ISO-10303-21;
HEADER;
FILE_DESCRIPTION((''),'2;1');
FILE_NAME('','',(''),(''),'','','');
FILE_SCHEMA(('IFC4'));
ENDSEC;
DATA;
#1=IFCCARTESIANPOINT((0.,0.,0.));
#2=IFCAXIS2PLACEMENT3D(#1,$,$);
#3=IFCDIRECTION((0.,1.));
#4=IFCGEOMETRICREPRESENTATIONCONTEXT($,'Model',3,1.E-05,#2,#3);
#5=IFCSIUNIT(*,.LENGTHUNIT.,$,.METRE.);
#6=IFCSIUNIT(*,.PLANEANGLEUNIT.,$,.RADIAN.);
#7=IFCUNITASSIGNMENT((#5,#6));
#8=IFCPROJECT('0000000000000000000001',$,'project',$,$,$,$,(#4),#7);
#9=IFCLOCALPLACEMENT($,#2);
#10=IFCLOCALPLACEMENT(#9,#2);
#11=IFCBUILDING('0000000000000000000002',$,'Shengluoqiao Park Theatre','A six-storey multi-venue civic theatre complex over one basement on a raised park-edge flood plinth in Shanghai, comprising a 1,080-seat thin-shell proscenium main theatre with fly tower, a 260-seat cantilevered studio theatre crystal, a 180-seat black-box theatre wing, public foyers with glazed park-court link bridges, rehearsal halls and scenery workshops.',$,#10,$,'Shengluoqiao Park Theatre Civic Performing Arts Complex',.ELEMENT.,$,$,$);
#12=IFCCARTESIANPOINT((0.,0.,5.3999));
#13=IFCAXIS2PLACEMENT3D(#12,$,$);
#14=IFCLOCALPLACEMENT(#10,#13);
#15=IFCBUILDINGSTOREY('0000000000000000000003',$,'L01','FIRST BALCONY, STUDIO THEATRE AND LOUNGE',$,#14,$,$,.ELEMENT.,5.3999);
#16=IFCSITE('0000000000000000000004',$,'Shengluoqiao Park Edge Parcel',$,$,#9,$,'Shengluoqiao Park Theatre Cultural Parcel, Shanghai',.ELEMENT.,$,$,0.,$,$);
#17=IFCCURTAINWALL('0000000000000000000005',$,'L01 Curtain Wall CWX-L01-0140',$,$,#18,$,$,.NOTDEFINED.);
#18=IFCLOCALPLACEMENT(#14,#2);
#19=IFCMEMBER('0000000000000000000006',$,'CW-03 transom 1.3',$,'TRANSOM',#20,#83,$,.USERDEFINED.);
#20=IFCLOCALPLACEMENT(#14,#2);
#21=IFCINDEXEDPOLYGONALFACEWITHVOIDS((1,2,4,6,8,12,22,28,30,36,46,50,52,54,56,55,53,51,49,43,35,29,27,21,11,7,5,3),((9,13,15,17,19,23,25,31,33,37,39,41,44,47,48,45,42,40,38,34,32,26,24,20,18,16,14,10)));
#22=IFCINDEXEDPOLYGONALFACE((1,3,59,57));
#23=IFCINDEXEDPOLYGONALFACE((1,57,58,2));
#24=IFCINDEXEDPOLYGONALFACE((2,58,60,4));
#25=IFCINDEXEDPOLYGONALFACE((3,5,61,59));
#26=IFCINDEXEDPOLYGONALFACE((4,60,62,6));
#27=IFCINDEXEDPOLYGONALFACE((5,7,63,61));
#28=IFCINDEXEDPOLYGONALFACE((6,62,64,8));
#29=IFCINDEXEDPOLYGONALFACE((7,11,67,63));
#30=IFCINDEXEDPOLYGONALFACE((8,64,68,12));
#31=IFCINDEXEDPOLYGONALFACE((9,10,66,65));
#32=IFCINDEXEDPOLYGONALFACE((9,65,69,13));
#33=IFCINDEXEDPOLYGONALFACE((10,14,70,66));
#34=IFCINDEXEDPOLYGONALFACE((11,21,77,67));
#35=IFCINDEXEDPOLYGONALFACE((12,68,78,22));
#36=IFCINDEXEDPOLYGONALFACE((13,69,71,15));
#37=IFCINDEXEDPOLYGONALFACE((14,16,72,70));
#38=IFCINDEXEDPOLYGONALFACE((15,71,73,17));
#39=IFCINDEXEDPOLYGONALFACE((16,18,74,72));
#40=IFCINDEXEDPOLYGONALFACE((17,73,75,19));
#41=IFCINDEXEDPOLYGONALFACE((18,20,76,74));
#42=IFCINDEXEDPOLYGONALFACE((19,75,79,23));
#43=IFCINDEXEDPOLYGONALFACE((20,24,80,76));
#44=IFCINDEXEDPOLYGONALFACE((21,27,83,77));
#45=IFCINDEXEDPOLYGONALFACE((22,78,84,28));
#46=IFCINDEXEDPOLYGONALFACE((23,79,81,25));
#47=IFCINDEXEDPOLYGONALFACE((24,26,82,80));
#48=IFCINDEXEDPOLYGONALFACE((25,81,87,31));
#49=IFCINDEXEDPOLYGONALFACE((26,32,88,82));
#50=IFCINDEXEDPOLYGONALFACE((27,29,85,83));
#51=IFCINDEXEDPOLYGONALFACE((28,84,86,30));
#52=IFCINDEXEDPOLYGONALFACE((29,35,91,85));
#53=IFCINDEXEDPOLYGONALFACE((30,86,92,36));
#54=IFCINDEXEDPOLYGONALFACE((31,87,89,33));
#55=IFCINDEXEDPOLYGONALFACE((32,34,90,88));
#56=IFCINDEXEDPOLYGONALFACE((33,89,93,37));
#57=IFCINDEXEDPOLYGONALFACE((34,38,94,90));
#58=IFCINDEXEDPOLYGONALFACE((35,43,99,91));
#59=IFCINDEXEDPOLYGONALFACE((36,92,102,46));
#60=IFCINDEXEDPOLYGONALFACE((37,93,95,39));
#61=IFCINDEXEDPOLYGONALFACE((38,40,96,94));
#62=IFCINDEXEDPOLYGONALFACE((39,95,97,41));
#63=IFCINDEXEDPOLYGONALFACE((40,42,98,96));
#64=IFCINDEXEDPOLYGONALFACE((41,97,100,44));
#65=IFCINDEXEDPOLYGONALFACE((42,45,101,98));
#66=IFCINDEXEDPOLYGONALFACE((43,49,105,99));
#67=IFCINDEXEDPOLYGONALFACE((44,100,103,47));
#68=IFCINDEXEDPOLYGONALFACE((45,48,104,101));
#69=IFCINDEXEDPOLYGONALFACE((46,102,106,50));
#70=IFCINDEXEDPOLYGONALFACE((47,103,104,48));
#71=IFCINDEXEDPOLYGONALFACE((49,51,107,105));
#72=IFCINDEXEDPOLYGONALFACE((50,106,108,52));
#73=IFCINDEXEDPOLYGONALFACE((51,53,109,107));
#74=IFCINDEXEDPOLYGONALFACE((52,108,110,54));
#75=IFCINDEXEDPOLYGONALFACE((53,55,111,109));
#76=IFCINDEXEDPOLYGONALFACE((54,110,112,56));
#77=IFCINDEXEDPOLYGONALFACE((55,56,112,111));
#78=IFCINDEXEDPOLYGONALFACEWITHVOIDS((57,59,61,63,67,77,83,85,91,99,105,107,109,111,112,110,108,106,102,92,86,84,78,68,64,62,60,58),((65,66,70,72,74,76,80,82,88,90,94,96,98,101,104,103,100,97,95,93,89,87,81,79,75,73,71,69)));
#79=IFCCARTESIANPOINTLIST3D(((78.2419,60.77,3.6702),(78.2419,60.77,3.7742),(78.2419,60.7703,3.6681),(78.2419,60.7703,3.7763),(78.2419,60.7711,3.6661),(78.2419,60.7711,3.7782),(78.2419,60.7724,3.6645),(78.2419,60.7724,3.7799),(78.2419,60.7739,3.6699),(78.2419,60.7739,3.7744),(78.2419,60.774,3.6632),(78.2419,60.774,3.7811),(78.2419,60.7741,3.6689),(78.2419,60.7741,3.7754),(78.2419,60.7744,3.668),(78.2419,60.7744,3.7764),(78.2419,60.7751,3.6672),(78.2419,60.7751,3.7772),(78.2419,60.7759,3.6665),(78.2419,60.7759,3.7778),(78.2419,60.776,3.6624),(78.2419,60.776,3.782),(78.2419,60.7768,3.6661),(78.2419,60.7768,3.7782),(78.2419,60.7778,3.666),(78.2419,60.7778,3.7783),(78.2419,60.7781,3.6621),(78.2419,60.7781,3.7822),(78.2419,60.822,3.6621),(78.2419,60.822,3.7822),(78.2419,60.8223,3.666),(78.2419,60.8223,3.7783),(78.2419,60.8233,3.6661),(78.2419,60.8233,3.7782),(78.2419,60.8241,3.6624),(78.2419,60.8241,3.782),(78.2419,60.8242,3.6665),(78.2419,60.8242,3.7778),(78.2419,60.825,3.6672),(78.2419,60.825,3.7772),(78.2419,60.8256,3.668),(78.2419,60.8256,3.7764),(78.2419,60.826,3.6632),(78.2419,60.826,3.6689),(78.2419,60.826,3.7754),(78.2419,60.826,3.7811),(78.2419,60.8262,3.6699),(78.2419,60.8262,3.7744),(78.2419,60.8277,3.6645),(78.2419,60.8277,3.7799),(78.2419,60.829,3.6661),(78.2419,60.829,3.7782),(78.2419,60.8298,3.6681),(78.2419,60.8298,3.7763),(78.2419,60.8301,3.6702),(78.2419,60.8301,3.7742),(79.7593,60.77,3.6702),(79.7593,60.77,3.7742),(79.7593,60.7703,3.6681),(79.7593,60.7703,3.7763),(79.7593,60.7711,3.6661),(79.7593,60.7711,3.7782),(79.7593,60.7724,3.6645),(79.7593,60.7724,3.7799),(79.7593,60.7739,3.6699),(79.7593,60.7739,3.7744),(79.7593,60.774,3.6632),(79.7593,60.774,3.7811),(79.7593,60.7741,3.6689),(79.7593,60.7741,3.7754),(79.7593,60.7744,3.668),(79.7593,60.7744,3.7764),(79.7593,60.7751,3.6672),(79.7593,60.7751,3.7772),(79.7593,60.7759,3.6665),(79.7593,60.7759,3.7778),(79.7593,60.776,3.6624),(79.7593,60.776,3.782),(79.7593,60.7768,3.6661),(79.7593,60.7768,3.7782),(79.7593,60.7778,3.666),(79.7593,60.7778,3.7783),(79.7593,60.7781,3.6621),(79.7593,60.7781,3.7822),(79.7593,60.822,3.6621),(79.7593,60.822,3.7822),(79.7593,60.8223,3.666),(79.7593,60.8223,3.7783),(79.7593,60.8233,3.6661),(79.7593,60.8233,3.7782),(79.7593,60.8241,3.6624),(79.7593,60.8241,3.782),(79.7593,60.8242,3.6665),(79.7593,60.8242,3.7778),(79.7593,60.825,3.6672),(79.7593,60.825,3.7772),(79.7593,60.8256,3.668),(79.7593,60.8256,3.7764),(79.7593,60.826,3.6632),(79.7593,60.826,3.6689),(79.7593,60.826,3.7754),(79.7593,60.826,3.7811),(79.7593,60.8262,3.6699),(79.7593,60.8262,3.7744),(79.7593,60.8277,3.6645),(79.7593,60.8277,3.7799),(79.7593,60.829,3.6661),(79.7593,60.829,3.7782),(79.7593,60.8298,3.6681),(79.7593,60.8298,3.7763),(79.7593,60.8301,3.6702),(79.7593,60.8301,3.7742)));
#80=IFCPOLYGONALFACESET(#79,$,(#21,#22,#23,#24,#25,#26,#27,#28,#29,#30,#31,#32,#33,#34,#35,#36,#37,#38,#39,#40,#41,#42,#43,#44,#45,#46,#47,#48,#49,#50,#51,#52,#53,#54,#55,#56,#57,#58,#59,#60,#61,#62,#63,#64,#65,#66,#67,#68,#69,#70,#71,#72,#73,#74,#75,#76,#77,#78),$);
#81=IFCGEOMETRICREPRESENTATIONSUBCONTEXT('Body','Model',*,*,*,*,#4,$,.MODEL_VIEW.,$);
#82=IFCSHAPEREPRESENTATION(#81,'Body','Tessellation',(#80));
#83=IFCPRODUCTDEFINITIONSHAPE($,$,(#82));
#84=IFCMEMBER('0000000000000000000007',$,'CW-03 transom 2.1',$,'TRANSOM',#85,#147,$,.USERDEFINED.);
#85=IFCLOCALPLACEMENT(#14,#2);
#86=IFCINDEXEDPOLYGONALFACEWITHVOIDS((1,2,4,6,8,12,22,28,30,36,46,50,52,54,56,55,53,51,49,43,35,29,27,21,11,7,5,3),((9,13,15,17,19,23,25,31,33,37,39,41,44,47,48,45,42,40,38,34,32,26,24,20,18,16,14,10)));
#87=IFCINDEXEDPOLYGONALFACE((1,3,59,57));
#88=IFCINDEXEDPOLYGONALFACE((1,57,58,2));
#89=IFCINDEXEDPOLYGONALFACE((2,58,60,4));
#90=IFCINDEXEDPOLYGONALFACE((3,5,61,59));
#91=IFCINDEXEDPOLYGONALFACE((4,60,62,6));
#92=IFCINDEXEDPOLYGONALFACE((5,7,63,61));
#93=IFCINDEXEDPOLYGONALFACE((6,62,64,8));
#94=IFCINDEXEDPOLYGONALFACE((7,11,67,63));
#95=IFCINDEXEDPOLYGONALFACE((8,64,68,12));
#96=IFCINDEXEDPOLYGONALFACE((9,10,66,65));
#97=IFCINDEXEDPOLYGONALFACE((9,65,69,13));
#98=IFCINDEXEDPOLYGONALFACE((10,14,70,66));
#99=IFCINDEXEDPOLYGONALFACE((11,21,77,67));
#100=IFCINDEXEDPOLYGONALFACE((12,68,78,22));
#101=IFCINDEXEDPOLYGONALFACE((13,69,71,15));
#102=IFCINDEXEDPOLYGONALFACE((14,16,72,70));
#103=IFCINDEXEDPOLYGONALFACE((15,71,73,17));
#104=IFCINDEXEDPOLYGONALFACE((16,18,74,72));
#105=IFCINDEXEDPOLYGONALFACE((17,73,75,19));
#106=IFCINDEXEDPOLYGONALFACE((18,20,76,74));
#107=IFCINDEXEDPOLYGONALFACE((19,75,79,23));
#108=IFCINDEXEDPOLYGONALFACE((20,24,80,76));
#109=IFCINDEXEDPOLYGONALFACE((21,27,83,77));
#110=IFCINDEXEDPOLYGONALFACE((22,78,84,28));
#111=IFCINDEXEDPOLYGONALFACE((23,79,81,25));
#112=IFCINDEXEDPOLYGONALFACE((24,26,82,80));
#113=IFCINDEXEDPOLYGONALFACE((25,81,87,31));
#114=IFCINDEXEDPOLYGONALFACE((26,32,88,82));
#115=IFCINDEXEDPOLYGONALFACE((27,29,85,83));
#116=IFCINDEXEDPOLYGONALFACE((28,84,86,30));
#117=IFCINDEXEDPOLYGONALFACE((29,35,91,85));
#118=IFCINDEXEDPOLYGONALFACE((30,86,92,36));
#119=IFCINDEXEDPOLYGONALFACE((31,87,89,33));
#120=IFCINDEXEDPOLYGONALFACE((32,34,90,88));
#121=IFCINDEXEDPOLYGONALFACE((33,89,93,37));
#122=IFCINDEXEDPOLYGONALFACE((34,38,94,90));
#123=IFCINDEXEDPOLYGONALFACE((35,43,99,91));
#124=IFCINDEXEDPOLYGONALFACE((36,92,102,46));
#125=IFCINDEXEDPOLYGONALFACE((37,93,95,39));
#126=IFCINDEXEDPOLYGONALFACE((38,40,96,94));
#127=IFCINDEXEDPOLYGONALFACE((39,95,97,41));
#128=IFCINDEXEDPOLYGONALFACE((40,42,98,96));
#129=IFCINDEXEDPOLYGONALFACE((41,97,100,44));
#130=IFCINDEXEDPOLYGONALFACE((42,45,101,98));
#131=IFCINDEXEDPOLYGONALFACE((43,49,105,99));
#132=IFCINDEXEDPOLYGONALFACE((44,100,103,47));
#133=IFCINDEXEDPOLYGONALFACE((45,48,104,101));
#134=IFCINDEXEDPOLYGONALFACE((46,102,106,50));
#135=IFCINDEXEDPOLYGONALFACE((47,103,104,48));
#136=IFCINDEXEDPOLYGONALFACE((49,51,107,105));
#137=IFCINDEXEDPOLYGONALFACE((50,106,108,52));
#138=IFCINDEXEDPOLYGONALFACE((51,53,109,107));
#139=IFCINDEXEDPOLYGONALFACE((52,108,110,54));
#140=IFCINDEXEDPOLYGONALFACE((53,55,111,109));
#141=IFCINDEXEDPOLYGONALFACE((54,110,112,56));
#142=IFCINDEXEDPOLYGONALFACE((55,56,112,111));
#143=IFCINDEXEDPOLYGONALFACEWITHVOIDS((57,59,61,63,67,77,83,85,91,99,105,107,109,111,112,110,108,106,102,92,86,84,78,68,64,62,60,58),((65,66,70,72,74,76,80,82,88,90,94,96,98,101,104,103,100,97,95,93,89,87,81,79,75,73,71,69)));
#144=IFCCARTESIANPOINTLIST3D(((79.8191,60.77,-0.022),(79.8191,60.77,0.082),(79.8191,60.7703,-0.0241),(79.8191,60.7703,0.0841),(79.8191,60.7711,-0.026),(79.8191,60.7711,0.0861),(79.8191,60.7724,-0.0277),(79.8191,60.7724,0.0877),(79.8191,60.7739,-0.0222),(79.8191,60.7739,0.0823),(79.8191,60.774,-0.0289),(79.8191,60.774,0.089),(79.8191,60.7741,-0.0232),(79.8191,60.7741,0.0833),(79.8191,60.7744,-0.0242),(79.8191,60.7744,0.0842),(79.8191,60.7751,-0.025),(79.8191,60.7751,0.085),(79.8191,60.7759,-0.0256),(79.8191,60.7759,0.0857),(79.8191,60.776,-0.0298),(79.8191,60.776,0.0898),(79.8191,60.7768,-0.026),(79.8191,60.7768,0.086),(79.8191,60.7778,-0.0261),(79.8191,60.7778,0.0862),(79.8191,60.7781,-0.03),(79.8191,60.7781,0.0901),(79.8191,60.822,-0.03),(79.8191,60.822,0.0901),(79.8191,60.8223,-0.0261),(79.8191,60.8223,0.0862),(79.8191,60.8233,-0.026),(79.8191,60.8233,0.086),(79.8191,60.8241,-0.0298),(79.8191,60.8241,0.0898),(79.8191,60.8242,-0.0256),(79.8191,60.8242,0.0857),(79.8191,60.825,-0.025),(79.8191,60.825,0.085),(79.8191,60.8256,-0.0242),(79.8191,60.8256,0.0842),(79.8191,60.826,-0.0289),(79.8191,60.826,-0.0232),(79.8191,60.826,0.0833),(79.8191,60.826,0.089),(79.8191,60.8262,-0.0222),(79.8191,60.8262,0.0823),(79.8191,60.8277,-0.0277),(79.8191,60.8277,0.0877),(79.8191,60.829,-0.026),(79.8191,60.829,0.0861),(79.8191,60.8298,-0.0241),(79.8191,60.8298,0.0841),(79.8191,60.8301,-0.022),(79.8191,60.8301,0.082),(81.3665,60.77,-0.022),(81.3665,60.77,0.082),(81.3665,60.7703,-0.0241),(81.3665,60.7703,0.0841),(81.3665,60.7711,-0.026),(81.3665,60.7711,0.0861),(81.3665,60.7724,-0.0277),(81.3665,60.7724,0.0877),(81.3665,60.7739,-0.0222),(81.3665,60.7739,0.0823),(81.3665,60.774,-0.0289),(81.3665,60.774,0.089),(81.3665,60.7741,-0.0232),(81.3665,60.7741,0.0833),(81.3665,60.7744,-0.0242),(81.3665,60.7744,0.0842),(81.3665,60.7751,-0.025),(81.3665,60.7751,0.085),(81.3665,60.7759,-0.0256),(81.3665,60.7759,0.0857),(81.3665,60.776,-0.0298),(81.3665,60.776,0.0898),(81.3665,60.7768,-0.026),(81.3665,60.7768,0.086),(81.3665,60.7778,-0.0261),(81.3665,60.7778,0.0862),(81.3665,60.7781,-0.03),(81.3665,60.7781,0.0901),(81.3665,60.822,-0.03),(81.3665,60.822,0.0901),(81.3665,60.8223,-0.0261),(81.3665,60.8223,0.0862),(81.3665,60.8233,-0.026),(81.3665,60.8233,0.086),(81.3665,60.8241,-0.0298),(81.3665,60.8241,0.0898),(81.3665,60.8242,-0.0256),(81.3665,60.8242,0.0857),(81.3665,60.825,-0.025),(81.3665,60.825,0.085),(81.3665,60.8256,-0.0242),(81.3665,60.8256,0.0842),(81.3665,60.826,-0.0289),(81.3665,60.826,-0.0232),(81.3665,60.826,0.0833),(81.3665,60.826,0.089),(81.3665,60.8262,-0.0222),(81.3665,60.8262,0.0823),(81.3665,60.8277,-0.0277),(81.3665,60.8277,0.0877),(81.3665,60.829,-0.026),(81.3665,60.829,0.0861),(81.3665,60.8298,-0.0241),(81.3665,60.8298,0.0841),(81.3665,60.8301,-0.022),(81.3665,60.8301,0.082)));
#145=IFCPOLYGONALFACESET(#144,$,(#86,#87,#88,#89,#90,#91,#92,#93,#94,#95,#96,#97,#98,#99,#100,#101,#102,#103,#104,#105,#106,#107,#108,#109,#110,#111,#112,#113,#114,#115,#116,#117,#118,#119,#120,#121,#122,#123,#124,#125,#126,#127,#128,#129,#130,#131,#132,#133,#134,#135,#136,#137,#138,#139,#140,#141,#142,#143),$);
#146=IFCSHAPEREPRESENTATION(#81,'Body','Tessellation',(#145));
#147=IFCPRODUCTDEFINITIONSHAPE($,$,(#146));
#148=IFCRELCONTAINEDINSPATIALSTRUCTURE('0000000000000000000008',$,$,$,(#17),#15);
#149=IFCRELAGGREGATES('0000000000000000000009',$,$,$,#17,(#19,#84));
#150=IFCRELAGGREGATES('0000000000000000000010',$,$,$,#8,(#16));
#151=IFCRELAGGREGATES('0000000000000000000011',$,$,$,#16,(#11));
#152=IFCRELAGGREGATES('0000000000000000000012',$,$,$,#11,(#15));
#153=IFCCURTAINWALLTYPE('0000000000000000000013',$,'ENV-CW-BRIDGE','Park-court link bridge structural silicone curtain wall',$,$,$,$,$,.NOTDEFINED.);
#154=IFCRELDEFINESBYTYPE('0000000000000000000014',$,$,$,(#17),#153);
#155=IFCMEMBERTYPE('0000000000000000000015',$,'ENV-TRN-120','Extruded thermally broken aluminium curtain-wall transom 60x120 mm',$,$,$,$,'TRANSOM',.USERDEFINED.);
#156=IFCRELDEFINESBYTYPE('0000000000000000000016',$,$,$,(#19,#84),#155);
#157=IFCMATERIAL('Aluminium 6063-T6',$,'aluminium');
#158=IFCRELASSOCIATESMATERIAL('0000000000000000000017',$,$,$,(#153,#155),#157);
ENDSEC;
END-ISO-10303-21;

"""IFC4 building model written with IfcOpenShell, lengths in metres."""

from ifc_helpers import new_model, si_unit, direction, frame, origin, origin_2d, place, context, subcontext, project, spatial, hollow_rectangle, extrude, material, material_profile, profile_set, type_object, element, aggregate, save


model = new_model("IFC4")

# Units and contexts
model_context = context("Model", 3, precision=1e-05, world=origin(), true_north=direction((0.0, 1.0)))
body_context = subcontext(model_context, "Body", "Model", "MODEL_VIEW")
ifc_project = project(units=[si_unit("LENGTHUNIT", "METRE"), si_unit("PLANEANGLEUNIT", "RADIAN")], contexts=[model_context])

# Site, building, storey
site_placement = place(None, origin())
site = spatial("IfcSite", under=ifc_project, at=site_placement, Name="Shengluoqiao Park Edge Parcel", LongName="Shengluoqiao Park Theatre Cultural Parcel, Shanghai", CompositionType="ELEMENT", RefElevation=0.0)
building_placement = place(site_placement, origin())
building = spatial("IfcBuilding", under=site, at=building_placement, Name="Shengluoqiao Park Theatre", Description="A six-storey multi-venue civic theatre complex over one basement on a raised park-edge flood plinth in Shanghai, comprising a 1,080-seat thin-shell proscenium main theatre with fly tower, a 260-seat cantilevered studio theatre crystal, a 180-seat black-box theatre wing, public foyers with glazed park-court link bridges, rehearsal halls and scenery workshops.", LongName="Shengluoqiao Park Theatre Civic Performing Arts Complex", CompositionType="ELEMENT")
storey_placement = place(building_placement, frame((0.0, 0.0, 5.3999)))
storey = spatial("IfcBuildingStorey", under=building, at=storey_placement, Name="L01", Description="FIRST BALCONY, STUDIO THEATRE AND LOUNGE", CompositionType="ELEMENT", Elevation=5.3999)

# Shared definitions
ifc_material_1 = material(Name="Aluminium 6063-T6", Category="aluminium")
curtain_wall_type = type_object("IfcCurtainWallType", Name="ENV-CW-BRIDGE", Description="Park-court link bridge structural silicone curtain wall", PredefinedType="NOTDEFINED", material=ifc_material_1)

# Curtain wall, members
curtain_wall_1_placement = place(storey_placement, origin())
curtain_wall_1 = element("IfcCurtainWall", 1, at=curtain_wall_1_placement, inside=storey, type_object=curtain_wall_type, Name="L01 Curtain Wall CWX-L01-0140", PredefinedType="NOTDEFINED")
ifc_material_profile_1 = material_profile(ifc_material_1, hollow_rectangle(XDim=0.0601, YDim=0.1201, WallThickness=0.0039, InnerFilletRadius=0.0039, OuterFilletRadius=0.0081, at=origin_2d()), Name="ALU TRANSOM 120x60x4")
ifc_profile_set_1 = profile_set([ifc_material_profile_1], Name="Aluminium 6063-T6")
member_type_1 = type_object("IfcMemberType", Name="ENV-TRN-120", Description="Extruded thermally broken aluminium curtain-wall transom 60x120 mm", ElementType="TRANSOM", PredefinedType="USERDEFINED", material=ifc_profile_set_1)
member_1_placement = place(storey_placement, frame((78.2419, 60.8, 3.7222), z_axis=(1.0, 0.0, 0.0), x_axis=(0.0, 1.0, 0.0)))
member_1 = element("IfcMember", 2, at=member_1_placement, type_object=member_type_1, Name="CW-03 transom 1.3", ObjectType="TRANSOM", PredefinedType="USERDEFINED", context=body_context, shape_type="SweptSolid", body=[
    extrude(hollow_rectangle(XDim=0.0601, YDim=0.1201, WallThickness=0.0039, InnerFilletRadius=0.0039, OuterFilletRadius=0.0081, at=origin_2d()), origin(), (0.0, 0.0, 1.0), 1.5173),
])
member_2_placement = place(storey_placement, frame((79.8191, 60.8, 0.03), z_axis=(1.0, 0.0, 0.0), x_axis=(0.0, 1.0, 0.0)))
member_2 = element("IfcMember", 3, at=member_2_placement, type_object=member_type_1, Name="CW-03 transom 2.1", ObjectType="TRANSOM", PredefinedType="USERDEFINED", context=body_context, shape_type="SweptSolid", body=[
    extrude(hollow_rectangle(XDim=0.0601, YDim=0.1201, WallThickness=0.0039, InnerFilletRadius=0.0039, OuterFilletRadius=0.0081, at=origin_2d()), origin(), (0.0, 0.0, 1.0), 1.5474),
])

aggregate(curtain_wall_1, [member_1, member_2])

save(model, "model.ifc")
